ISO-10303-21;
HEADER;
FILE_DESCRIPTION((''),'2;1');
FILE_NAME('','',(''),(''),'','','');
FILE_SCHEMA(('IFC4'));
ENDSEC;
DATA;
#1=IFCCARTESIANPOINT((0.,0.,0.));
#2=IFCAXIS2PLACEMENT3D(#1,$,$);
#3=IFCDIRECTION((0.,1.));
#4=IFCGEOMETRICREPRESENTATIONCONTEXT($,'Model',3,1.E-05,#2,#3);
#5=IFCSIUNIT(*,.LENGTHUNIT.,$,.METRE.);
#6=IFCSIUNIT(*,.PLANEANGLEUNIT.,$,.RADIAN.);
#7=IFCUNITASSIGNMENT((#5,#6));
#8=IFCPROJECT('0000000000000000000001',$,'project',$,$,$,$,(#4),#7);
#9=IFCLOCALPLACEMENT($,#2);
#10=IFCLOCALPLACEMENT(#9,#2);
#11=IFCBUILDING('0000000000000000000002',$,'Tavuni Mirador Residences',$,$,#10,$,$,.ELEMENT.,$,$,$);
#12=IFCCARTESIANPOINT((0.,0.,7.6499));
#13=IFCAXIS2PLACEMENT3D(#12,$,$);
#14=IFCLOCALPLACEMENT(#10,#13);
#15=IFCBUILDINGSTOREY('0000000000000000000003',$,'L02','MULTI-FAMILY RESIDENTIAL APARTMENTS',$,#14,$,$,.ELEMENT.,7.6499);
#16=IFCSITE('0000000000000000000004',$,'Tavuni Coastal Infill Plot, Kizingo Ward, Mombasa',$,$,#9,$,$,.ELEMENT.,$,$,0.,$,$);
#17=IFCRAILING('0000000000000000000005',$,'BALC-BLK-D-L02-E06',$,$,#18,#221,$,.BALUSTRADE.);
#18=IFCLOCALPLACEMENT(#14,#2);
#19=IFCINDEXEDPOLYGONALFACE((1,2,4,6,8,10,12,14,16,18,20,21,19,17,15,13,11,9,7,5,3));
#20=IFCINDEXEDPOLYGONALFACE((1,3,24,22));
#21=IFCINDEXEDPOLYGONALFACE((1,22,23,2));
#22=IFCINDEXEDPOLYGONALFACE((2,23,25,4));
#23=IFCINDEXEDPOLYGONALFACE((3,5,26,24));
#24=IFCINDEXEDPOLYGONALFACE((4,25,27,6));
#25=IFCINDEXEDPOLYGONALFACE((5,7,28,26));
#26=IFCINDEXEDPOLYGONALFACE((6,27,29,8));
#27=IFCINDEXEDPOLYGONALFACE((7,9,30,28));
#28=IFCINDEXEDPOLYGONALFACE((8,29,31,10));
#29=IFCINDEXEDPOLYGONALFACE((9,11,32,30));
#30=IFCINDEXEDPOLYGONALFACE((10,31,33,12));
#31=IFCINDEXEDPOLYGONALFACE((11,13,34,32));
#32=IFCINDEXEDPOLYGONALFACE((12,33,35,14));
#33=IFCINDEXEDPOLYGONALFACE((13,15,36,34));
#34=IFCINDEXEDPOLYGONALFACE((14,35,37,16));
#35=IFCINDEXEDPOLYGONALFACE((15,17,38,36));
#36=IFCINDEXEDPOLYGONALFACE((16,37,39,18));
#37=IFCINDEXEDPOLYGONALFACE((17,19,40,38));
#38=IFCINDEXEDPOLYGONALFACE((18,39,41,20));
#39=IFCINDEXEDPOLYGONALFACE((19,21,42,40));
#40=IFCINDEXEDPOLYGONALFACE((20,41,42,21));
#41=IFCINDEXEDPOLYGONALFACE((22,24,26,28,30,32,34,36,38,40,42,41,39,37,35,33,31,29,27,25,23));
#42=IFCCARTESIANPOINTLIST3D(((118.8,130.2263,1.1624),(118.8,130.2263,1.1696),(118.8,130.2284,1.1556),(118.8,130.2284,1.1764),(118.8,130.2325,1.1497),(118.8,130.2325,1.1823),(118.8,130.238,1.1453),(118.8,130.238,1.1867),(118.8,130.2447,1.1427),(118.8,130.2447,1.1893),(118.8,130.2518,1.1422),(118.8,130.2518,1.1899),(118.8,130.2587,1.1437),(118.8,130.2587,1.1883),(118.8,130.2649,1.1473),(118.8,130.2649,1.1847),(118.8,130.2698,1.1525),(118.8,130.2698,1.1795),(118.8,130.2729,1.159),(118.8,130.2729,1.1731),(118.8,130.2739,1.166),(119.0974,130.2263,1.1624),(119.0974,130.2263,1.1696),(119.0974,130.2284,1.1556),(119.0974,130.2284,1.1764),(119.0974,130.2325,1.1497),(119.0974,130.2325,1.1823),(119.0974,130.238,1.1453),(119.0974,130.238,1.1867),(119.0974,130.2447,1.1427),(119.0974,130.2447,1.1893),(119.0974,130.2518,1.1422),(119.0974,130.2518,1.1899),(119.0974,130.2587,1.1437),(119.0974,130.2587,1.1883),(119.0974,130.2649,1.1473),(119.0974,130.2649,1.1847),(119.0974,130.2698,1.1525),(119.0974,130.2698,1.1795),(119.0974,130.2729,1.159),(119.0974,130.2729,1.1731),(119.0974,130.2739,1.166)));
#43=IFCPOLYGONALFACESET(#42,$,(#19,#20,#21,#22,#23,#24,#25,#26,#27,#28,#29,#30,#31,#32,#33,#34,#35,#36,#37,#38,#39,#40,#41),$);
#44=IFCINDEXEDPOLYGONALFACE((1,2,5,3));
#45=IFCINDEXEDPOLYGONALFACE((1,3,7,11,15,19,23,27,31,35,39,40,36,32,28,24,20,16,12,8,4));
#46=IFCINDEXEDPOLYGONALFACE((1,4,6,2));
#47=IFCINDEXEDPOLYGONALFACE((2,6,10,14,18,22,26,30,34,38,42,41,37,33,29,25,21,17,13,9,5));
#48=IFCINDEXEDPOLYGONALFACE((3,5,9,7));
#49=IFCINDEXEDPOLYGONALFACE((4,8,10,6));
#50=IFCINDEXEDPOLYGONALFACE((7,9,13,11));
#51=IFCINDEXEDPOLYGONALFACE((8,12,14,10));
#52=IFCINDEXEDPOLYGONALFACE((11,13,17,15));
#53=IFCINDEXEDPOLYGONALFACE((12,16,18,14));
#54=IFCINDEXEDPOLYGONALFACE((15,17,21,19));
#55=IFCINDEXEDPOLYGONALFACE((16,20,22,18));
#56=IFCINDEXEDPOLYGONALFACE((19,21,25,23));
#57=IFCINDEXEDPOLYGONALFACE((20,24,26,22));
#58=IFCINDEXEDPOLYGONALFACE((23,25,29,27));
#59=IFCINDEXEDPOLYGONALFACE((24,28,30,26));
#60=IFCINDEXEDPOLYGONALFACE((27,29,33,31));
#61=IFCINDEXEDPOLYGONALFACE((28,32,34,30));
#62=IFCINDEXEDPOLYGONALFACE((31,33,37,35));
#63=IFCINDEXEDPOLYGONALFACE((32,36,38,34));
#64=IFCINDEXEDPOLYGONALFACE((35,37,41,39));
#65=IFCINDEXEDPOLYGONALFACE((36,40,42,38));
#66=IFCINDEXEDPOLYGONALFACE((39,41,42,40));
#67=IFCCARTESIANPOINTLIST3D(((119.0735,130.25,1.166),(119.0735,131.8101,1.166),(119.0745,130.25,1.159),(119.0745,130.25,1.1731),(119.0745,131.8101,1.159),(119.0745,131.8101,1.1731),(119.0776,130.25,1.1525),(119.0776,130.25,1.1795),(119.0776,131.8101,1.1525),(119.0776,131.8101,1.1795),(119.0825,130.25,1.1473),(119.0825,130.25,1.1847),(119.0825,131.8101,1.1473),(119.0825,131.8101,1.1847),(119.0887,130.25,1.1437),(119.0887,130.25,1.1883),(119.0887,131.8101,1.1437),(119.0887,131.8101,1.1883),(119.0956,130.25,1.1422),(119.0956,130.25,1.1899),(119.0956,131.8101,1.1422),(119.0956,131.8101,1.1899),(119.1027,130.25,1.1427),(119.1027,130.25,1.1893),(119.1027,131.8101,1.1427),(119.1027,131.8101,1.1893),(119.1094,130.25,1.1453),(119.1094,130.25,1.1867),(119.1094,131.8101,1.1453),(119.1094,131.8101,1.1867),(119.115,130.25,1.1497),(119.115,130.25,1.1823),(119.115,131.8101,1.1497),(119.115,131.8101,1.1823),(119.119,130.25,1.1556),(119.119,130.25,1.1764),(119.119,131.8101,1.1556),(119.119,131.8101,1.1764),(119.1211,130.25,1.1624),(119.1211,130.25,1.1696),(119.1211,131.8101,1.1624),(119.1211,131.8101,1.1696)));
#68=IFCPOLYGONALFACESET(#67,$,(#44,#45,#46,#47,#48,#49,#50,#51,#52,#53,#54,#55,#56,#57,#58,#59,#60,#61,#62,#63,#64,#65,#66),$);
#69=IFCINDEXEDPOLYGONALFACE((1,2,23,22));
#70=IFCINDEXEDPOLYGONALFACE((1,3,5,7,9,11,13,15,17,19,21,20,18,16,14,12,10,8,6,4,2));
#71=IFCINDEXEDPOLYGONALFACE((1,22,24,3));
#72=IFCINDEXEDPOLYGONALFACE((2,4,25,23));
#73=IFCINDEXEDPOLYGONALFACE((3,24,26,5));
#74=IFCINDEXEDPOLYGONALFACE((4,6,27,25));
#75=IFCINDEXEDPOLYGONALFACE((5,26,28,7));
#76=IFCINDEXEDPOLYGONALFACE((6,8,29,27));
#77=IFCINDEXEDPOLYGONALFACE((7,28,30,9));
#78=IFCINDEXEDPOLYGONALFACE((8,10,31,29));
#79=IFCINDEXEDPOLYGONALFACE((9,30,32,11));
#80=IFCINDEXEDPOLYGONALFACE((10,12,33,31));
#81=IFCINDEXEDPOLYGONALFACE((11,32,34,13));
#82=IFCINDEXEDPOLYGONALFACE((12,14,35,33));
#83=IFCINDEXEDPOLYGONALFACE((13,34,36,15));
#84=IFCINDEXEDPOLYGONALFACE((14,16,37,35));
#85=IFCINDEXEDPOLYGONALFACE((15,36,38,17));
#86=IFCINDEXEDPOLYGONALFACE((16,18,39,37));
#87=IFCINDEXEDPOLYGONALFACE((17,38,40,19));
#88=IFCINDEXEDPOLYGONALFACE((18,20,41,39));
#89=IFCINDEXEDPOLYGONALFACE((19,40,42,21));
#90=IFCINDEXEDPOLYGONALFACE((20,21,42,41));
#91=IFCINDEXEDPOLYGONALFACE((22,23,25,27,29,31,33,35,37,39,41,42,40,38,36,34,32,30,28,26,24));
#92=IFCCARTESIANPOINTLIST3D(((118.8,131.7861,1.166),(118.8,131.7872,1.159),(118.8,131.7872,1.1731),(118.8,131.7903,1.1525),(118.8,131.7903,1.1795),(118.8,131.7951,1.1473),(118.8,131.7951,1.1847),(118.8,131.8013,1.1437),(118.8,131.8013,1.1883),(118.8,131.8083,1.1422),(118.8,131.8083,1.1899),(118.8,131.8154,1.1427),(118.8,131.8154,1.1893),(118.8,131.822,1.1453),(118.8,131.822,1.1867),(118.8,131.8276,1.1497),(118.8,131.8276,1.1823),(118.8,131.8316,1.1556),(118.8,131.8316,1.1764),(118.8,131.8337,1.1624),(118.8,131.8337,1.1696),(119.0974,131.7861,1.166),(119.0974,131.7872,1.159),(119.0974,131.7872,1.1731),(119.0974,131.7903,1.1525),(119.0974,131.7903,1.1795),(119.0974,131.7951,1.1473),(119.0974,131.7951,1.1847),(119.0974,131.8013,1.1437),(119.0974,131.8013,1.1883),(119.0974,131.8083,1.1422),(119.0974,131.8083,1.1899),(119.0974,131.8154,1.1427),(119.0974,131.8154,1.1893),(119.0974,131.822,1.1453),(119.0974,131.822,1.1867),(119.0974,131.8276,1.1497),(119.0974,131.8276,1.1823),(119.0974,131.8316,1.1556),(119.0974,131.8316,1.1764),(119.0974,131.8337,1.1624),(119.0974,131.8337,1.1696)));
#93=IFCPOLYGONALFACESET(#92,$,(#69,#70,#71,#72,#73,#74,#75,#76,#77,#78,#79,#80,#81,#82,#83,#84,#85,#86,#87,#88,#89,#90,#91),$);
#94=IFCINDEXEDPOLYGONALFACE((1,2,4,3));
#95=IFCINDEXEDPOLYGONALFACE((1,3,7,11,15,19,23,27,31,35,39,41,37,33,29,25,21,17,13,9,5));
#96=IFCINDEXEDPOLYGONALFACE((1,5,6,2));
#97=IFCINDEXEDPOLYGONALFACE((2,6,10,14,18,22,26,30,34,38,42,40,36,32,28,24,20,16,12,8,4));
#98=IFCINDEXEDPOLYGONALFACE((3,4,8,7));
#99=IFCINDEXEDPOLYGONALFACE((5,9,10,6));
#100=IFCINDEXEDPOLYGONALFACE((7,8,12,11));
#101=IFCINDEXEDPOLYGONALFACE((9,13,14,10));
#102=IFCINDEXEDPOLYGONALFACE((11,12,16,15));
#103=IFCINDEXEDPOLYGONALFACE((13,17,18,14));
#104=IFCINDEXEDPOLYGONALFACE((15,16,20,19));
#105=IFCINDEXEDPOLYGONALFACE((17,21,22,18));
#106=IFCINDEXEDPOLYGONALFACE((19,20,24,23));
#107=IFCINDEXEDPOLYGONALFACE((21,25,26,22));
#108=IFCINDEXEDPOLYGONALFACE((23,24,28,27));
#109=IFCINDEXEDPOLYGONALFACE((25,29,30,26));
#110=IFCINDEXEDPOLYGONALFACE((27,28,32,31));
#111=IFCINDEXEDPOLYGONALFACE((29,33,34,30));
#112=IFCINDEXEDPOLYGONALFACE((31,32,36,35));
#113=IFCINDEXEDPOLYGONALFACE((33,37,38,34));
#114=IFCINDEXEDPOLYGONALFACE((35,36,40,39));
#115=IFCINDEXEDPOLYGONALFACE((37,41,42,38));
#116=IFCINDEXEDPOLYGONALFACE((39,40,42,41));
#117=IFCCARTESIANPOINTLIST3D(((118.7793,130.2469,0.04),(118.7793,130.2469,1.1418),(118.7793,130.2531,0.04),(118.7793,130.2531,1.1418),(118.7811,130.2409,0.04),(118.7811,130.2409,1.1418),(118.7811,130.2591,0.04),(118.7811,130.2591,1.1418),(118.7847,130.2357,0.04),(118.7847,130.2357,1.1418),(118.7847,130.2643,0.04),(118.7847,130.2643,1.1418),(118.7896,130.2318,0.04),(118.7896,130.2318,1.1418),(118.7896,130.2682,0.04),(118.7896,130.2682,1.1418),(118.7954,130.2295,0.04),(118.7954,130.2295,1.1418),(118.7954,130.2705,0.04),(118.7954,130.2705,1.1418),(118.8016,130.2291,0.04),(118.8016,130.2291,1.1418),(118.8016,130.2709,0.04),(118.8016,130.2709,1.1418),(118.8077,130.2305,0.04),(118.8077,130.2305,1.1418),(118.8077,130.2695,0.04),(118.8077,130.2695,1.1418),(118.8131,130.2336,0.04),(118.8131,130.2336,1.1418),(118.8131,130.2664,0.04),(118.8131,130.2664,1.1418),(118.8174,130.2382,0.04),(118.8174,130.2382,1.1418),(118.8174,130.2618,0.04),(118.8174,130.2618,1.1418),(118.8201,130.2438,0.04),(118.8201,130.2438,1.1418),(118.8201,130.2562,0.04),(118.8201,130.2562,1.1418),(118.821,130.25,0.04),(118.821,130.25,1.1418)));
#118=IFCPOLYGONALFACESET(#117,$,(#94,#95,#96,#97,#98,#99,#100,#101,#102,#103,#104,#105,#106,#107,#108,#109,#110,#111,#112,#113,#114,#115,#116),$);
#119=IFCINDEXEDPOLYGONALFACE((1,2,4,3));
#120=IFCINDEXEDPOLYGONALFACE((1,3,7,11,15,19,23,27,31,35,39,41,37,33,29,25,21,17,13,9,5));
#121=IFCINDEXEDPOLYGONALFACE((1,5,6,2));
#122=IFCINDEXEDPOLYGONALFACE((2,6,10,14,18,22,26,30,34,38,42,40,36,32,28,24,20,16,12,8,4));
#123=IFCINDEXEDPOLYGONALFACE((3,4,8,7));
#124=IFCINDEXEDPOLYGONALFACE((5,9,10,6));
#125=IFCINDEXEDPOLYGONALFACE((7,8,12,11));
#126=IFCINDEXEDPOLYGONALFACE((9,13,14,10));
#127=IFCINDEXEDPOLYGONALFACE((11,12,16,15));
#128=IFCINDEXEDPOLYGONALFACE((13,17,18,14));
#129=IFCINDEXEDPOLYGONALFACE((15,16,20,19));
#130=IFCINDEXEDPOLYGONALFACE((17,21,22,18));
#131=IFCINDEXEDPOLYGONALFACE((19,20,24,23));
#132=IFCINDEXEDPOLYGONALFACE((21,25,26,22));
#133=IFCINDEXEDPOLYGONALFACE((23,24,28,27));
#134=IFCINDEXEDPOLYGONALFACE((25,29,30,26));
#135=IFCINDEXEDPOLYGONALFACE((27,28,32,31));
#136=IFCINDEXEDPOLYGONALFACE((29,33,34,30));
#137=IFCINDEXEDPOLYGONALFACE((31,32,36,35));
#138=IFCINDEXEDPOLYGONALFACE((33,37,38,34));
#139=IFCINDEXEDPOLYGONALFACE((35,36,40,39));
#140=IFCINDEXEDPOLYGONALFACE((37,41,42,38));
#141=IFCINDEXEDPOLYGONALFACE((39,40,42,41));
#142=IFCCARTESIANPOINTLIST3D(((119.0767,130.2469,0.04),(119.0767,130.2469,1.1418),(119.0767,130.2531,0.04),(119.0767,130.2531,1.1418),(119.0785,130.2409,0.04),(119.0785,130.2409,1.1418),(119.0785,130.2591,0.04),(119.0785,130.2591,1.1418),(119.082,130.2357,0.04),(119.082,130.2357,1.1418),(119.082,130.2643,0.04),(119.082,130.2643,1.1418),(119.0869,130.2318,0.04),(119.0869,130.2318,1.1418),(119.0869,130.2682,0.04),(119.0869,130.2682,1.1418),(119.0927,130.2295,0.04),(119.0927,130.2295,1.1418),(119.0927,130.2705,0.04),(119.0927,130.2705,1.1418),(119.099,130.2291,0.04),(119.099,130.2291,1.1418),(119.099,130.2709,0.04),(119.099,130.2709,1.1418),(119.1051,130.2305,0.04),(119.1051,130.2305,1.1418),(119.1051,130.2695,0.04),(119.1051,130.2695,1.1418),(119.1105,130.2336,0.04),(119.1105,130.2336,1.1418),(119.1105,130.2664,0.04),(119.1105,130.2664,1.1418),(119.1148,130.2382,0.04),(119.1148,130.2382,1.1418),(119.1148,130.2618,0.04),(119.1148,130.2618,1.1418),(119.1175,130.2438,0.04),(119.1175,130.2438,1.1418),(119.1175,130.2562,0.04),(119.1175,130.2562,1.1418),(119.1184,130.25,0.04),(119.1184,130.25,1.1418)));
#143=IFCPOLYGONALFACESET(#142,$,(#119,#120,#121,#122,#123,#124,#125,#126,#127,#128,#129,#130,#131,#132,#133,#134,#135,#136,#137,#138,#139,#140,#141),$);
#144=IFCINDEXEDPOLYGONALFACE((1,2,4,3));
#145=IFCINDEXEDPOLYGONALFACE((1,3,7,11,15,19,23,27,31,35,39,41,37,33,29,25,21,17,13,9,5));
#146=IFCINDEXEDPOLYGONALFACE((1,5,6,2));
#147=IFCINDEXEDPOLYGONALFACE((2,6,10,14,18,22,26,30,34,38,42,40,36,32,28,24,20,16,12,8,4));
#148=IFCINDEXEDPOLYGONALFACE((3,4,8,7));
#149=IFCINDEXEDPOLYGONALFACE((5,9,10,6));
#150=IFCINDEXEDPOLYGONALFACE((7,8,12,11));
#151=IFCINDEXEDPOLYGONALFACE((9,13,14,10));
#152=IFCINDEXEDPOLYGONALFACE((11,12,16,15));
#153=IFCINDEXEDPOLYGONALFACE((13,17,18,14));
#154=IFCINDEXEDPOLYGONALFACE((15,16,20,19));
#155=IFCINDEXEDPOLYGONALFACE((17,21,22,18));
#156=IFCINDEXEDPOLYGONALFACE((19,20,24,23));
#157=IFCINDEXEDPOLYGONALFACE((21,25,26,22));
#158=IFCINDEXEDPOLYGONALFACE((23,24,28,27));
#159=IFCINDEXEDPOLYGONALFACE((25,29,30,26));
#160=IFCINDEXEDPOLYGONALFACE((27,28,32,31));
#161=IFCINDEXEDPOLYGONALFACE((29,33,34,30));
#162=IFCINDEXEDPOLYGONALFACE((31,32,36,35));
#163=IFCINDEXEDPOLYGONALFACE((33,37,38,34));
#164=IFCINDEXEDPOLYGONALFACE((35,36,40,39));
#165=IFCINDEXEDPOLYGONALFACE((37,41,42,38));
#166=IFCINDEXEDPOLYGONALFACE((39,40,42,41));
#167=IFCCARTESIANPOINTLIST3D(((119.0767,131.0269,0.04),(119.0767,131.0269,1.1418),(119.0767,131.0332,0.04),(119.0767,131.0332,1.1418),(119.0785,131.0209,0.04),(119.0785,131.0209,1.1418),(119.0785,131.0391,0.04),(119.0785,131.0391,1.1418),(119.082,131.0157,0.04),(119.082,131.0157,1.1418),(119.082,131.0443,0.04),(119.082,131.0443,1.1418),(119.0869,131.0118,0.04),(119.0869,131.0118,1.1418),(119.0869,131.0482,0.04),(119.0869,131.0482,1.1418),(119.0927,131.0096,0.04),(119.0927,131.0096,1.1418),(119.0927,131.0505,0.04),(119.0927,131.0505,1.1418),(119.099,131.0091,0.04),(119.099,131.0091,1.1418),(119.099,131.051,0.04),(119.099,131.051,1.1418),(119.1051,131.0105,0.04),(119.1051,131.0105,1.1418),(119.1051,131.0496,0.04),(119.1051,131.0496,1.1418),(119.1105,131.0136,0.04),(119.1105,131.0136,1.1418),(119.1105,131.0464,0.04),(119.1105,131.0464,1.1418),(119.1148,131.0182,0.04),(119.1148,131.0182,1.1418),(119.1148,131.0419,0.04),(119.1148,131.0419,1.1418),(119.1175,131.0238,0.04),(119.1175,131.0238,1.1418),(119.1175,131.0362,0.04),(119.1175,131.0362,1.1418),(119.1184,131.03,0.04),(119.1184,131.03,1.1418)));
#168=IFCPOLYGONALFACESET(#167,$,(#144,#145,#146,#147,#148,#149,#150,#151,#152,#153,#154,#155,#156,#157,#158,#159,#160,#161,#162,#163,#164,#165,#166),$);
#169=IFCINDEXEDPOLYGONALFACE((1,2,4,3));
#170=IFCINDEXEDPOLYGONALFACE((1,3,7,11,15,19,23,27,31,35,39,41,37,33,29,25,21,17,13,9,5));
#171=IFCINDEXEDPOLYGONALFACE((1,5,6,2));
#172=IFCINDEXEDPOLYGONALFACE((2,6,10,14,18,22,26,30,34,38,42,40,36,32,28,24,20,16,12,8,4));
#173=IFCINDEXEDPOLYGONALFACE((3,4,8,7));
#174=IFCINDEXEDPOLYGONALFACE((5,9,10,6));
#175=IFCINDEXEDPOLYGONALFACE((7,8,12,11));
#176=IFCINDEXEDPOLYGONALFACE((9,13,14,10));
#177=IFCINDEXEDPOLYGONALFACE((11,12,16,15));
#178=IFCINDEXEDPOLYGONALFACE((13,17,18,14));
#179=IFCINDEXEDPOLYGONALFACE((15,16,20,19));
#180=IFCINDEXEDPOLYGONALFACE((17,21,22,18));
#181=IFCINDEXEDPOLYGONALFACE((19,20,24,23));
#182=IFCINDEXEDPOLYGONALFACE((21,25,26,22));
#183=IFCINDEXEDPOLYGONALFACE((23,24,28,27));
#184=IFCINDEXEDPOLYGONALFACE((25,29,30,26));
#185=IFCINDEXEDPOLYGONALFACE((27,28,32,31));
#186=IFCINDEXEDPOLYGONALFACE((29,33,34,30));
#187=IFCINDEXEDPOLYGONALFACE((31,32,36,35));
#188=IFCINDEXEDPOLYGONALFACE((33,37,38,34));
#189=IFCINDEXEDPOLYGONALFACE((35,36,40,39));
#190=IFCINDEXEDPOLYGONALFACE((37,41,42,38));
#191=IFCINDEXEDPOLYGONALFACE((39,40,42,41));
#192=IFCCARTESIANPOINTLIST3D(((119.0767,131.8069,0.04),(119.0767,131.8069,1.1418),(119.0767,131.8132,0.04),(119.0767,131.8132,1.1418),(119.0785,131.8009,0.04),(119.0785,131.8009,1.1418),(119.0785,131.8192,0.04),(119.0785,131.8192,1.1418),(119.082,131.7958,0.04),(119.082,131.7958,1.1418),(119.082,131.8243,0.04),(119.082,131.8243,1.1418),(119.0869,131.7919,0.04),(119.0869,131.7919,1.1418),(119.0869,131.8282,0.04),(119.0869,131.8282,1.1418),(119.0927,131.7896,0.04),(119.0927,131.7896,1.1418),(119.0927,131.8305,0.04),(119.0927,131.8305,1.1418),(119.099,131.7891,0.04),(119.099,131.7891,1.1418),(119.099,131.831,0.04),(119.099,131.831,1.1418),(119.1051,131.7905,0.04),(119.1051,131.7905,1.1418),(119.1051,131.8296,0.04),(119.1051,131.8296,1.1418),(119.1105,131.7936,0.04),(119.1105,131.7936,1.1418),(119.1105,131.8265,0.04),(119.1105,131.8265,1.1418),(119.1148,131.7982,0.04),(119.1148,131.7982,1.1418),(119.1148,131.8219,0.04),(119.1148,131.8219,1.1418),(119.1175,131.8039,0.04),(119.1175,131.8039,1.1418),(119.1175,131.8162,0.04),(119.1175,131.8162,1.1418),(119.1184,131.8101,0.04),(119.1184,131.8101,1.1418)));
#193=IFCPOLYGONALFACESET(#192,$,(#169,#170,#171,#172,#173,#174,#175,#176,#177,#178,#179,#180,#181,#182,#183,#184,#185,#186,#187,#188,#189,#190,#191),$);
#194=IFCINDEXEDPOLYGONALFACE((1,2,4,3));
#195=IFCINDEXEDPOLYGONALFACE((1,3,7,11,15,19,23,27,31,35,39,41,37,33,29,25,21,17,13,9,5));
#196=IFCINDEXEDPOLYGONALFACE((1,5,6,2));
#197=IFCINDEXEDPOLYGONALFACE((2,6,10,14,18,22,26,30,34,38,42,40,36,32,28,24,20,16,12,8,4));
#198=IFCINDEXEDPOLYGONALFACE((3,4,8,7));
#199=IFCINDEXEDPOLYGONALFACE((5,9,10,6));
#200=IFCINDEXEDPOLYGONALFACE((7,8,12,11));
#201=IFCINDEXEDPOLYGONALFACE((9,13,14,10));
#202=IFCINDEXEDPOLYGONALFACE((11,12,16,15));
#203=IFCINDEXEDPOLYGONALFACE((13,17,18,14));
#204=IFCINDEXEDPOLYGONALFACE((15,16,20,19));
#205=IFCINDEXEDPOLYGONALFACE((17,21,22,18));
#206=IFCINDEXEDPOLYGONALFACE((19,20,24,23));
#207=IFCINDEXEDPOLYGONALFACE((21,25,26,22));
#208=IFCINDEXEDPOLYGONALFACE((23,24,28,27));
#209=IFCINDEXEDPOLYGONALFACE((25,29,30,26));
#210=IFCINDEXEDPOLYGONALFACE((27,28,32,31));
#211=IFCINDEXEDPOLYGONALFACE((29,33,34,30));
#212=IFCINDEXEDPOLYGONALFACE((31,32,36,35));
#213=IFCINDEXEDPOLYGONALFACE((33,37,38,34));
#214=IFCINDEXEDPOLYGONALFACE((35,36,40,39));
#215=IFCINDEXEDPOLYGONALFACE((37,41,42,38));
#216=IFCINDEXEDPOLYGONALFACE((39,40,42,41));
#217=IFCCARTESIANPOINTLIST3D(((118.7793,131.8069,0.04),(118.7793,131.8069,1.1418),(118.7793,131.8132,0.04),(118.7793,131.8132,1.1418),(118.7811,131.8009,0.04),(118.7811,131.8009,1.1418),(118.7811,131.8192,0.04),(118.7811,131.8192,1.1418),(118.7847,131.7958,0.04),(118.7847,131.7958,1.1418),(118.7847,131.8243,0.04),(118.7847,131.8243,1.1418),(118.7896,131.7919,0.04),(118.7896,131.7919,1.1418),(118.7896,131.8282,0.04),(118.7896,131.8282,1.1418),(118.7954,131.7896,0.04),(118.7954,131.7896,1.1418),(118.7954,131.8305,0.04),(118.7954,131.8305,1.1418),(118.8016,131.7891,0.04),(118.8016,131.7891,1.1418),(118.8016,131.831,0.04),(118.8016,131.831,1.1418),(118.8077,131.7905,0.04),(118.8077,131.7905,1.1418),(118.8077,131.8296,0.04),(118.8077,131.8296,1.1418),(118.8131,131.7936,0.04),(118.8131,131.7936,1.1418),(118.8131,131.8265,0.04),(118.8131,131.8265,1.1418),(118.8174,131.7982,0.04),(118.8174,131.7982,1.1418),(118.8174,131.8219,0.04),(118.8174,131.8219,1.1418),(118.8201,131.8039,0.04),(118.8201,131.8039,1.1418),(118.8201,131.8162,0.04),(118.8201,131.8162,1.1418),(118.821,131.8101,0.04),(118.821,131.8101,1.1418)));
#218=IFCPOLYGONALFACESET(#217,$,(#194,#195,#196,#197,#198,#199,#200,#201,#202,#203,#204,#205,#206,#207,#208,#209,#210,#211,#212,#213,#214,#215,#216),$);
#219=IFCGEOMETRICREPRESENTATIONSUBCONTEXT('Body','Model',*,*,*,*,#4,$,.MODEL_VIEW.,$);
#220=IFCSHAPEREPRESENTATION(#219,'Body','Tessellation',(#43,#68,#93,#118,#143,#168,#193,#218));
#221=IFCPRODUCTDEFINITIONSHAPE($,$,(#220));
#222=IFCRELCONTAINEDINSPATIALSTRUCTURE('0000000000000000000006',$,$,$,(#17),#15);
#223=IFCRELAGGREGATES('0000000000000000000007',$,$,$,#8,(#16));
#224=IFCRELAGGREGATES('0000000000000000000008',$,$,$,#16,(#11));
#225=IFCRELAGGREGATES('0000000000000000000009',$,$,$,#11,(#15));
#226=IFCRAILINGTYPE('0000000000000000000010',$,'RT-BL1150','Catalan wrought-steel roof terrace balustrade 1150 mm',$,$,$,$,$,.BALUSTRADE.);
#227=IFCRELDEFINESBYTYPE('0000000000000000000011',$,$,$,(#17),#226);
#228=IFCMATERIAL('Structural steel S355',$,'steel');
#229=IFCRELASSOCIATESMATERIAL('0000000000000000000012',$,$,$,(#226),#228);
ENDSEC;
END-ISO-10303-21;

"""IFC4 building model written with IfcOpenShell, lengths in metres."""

from ifc_helpers import new_model, si_unit, direction, frame, origin, origin_2d, place, context, subcontext, project, spatial, circle, extrude, material, type_object, element, save


model = new_model("IFC4")

# Units and contexts
model_context = context("Model", 3, precision=1e-05, world=origin(), true_north=direction((0.0, 1.0)))
body_context = subcontext(model_context, "Body", "Model", "MODEL_VIEW")
ifc_project = project(units=[si_unit("LENGTHUNIT", "METRE"), si_unit("PLANEANGLEUNIT", "RADIAN")], contexts=[model_context])

# Site, building, storey
site_placement = place(None, origin())
site = spatial("IfcSite", under=ifc_project, at=site_placement, Name="Tavuni Coastal Infill Plot, Kizingo Ward, Mombasa", CompositionType="ELEMENT", RefElevation=0.0)
building_placement = place(site_placement, origin())
building = spatial("IfcBuilding", under=site, at=building_placement, Name="Tavuni Mirador Residences", CompositionType="ELEMENT")
storey_placement = place(building_placement, frame((0.0, 0.0, 7.6499)))
storey = spatial("IfcBuildingStorey", under=building, at=storey_placement, Name="L02", Description="MULTI-FAMILY RESIDENTIAL APARTMENTS", CompositionType="ELEMENT", Elevation=7.6499)

# Railing
ifc_material_1 = material(Name="Structural steel S355", Category="steel")
railing_type = type_object("IfcRailingType", Name="RT-BL1150", Description="Catalan wrought-steel roof terrace balustrade 1150 mm", PredefinedType="BALUSTRADE", material=ifc_material_1)
railing_placement = place(storey_placement, frame((118.8, 130.25, 0.04)))
element("IfcRailing", 1, at=railing_placement, inside=storey, type_object=railing_type, Name="BALC-BLK-D-L02-E06", PredefinedType="BALUSTRADE", context=body_context, shape_type="SweptSolid", body=[
    extrude(circle(Radius=0.0239, at=origin_2d()), frame((0.0, 0.0, 1.126), z_axis=(1.0, 0.0, 0.0), x_axis=(0.0, 1.0, 0.0)), (0.0, 0.0, 1.0), 0.2974),
    extrude(circle(Radius=0.0239, at=origin_2d()), frame((0.2974, 0.0, 1.126), z_axis=(0.0, 1.0, 0.0), x_axis=(-1.0, 0.0, 0.0)), (0.0, 0.0, 1.0), 1.5601),
    extrude(circle(Radius=0.0239, at=origin_2d()), frame((0.2974, 1.5601, 1.126), z_axis=(-1.0, 0.0, 0.0), x_axis=(0.0, -1.0, 0.0)), (0.0, 0.0, 1.0), 0.2974),
    extrude(circle(Radius=0.021, at=origin_2d()), origin(), (0.0, 0.0, 1.0), 1.1018),
    extrude(circle(Radius=0.021, at=origin_2d()), frame((0.2974, 0.0, 0.0)), (0.0, 0.0, 1.0), 1.1018),
    extrude(circle(Radius=0.021, at=origin_2d()), frame((0.2974, 0.78, 0.0)), (0.0, 0.0, 1.0), 1.1018),
    extrude(circle(Radius=0.021, at=origin_2d()), frame((0.2974, 1.5601, 0.0)), (0.0, 0.0, 1.0), 1.1018),
    extrude(circle(Radius=0.021, at=origin_2d()), frame((0.0, 1.5601, 0.0)), (0.0, 0.0, 1.0), 1.1018),
])

save(model, "model.ifc")
